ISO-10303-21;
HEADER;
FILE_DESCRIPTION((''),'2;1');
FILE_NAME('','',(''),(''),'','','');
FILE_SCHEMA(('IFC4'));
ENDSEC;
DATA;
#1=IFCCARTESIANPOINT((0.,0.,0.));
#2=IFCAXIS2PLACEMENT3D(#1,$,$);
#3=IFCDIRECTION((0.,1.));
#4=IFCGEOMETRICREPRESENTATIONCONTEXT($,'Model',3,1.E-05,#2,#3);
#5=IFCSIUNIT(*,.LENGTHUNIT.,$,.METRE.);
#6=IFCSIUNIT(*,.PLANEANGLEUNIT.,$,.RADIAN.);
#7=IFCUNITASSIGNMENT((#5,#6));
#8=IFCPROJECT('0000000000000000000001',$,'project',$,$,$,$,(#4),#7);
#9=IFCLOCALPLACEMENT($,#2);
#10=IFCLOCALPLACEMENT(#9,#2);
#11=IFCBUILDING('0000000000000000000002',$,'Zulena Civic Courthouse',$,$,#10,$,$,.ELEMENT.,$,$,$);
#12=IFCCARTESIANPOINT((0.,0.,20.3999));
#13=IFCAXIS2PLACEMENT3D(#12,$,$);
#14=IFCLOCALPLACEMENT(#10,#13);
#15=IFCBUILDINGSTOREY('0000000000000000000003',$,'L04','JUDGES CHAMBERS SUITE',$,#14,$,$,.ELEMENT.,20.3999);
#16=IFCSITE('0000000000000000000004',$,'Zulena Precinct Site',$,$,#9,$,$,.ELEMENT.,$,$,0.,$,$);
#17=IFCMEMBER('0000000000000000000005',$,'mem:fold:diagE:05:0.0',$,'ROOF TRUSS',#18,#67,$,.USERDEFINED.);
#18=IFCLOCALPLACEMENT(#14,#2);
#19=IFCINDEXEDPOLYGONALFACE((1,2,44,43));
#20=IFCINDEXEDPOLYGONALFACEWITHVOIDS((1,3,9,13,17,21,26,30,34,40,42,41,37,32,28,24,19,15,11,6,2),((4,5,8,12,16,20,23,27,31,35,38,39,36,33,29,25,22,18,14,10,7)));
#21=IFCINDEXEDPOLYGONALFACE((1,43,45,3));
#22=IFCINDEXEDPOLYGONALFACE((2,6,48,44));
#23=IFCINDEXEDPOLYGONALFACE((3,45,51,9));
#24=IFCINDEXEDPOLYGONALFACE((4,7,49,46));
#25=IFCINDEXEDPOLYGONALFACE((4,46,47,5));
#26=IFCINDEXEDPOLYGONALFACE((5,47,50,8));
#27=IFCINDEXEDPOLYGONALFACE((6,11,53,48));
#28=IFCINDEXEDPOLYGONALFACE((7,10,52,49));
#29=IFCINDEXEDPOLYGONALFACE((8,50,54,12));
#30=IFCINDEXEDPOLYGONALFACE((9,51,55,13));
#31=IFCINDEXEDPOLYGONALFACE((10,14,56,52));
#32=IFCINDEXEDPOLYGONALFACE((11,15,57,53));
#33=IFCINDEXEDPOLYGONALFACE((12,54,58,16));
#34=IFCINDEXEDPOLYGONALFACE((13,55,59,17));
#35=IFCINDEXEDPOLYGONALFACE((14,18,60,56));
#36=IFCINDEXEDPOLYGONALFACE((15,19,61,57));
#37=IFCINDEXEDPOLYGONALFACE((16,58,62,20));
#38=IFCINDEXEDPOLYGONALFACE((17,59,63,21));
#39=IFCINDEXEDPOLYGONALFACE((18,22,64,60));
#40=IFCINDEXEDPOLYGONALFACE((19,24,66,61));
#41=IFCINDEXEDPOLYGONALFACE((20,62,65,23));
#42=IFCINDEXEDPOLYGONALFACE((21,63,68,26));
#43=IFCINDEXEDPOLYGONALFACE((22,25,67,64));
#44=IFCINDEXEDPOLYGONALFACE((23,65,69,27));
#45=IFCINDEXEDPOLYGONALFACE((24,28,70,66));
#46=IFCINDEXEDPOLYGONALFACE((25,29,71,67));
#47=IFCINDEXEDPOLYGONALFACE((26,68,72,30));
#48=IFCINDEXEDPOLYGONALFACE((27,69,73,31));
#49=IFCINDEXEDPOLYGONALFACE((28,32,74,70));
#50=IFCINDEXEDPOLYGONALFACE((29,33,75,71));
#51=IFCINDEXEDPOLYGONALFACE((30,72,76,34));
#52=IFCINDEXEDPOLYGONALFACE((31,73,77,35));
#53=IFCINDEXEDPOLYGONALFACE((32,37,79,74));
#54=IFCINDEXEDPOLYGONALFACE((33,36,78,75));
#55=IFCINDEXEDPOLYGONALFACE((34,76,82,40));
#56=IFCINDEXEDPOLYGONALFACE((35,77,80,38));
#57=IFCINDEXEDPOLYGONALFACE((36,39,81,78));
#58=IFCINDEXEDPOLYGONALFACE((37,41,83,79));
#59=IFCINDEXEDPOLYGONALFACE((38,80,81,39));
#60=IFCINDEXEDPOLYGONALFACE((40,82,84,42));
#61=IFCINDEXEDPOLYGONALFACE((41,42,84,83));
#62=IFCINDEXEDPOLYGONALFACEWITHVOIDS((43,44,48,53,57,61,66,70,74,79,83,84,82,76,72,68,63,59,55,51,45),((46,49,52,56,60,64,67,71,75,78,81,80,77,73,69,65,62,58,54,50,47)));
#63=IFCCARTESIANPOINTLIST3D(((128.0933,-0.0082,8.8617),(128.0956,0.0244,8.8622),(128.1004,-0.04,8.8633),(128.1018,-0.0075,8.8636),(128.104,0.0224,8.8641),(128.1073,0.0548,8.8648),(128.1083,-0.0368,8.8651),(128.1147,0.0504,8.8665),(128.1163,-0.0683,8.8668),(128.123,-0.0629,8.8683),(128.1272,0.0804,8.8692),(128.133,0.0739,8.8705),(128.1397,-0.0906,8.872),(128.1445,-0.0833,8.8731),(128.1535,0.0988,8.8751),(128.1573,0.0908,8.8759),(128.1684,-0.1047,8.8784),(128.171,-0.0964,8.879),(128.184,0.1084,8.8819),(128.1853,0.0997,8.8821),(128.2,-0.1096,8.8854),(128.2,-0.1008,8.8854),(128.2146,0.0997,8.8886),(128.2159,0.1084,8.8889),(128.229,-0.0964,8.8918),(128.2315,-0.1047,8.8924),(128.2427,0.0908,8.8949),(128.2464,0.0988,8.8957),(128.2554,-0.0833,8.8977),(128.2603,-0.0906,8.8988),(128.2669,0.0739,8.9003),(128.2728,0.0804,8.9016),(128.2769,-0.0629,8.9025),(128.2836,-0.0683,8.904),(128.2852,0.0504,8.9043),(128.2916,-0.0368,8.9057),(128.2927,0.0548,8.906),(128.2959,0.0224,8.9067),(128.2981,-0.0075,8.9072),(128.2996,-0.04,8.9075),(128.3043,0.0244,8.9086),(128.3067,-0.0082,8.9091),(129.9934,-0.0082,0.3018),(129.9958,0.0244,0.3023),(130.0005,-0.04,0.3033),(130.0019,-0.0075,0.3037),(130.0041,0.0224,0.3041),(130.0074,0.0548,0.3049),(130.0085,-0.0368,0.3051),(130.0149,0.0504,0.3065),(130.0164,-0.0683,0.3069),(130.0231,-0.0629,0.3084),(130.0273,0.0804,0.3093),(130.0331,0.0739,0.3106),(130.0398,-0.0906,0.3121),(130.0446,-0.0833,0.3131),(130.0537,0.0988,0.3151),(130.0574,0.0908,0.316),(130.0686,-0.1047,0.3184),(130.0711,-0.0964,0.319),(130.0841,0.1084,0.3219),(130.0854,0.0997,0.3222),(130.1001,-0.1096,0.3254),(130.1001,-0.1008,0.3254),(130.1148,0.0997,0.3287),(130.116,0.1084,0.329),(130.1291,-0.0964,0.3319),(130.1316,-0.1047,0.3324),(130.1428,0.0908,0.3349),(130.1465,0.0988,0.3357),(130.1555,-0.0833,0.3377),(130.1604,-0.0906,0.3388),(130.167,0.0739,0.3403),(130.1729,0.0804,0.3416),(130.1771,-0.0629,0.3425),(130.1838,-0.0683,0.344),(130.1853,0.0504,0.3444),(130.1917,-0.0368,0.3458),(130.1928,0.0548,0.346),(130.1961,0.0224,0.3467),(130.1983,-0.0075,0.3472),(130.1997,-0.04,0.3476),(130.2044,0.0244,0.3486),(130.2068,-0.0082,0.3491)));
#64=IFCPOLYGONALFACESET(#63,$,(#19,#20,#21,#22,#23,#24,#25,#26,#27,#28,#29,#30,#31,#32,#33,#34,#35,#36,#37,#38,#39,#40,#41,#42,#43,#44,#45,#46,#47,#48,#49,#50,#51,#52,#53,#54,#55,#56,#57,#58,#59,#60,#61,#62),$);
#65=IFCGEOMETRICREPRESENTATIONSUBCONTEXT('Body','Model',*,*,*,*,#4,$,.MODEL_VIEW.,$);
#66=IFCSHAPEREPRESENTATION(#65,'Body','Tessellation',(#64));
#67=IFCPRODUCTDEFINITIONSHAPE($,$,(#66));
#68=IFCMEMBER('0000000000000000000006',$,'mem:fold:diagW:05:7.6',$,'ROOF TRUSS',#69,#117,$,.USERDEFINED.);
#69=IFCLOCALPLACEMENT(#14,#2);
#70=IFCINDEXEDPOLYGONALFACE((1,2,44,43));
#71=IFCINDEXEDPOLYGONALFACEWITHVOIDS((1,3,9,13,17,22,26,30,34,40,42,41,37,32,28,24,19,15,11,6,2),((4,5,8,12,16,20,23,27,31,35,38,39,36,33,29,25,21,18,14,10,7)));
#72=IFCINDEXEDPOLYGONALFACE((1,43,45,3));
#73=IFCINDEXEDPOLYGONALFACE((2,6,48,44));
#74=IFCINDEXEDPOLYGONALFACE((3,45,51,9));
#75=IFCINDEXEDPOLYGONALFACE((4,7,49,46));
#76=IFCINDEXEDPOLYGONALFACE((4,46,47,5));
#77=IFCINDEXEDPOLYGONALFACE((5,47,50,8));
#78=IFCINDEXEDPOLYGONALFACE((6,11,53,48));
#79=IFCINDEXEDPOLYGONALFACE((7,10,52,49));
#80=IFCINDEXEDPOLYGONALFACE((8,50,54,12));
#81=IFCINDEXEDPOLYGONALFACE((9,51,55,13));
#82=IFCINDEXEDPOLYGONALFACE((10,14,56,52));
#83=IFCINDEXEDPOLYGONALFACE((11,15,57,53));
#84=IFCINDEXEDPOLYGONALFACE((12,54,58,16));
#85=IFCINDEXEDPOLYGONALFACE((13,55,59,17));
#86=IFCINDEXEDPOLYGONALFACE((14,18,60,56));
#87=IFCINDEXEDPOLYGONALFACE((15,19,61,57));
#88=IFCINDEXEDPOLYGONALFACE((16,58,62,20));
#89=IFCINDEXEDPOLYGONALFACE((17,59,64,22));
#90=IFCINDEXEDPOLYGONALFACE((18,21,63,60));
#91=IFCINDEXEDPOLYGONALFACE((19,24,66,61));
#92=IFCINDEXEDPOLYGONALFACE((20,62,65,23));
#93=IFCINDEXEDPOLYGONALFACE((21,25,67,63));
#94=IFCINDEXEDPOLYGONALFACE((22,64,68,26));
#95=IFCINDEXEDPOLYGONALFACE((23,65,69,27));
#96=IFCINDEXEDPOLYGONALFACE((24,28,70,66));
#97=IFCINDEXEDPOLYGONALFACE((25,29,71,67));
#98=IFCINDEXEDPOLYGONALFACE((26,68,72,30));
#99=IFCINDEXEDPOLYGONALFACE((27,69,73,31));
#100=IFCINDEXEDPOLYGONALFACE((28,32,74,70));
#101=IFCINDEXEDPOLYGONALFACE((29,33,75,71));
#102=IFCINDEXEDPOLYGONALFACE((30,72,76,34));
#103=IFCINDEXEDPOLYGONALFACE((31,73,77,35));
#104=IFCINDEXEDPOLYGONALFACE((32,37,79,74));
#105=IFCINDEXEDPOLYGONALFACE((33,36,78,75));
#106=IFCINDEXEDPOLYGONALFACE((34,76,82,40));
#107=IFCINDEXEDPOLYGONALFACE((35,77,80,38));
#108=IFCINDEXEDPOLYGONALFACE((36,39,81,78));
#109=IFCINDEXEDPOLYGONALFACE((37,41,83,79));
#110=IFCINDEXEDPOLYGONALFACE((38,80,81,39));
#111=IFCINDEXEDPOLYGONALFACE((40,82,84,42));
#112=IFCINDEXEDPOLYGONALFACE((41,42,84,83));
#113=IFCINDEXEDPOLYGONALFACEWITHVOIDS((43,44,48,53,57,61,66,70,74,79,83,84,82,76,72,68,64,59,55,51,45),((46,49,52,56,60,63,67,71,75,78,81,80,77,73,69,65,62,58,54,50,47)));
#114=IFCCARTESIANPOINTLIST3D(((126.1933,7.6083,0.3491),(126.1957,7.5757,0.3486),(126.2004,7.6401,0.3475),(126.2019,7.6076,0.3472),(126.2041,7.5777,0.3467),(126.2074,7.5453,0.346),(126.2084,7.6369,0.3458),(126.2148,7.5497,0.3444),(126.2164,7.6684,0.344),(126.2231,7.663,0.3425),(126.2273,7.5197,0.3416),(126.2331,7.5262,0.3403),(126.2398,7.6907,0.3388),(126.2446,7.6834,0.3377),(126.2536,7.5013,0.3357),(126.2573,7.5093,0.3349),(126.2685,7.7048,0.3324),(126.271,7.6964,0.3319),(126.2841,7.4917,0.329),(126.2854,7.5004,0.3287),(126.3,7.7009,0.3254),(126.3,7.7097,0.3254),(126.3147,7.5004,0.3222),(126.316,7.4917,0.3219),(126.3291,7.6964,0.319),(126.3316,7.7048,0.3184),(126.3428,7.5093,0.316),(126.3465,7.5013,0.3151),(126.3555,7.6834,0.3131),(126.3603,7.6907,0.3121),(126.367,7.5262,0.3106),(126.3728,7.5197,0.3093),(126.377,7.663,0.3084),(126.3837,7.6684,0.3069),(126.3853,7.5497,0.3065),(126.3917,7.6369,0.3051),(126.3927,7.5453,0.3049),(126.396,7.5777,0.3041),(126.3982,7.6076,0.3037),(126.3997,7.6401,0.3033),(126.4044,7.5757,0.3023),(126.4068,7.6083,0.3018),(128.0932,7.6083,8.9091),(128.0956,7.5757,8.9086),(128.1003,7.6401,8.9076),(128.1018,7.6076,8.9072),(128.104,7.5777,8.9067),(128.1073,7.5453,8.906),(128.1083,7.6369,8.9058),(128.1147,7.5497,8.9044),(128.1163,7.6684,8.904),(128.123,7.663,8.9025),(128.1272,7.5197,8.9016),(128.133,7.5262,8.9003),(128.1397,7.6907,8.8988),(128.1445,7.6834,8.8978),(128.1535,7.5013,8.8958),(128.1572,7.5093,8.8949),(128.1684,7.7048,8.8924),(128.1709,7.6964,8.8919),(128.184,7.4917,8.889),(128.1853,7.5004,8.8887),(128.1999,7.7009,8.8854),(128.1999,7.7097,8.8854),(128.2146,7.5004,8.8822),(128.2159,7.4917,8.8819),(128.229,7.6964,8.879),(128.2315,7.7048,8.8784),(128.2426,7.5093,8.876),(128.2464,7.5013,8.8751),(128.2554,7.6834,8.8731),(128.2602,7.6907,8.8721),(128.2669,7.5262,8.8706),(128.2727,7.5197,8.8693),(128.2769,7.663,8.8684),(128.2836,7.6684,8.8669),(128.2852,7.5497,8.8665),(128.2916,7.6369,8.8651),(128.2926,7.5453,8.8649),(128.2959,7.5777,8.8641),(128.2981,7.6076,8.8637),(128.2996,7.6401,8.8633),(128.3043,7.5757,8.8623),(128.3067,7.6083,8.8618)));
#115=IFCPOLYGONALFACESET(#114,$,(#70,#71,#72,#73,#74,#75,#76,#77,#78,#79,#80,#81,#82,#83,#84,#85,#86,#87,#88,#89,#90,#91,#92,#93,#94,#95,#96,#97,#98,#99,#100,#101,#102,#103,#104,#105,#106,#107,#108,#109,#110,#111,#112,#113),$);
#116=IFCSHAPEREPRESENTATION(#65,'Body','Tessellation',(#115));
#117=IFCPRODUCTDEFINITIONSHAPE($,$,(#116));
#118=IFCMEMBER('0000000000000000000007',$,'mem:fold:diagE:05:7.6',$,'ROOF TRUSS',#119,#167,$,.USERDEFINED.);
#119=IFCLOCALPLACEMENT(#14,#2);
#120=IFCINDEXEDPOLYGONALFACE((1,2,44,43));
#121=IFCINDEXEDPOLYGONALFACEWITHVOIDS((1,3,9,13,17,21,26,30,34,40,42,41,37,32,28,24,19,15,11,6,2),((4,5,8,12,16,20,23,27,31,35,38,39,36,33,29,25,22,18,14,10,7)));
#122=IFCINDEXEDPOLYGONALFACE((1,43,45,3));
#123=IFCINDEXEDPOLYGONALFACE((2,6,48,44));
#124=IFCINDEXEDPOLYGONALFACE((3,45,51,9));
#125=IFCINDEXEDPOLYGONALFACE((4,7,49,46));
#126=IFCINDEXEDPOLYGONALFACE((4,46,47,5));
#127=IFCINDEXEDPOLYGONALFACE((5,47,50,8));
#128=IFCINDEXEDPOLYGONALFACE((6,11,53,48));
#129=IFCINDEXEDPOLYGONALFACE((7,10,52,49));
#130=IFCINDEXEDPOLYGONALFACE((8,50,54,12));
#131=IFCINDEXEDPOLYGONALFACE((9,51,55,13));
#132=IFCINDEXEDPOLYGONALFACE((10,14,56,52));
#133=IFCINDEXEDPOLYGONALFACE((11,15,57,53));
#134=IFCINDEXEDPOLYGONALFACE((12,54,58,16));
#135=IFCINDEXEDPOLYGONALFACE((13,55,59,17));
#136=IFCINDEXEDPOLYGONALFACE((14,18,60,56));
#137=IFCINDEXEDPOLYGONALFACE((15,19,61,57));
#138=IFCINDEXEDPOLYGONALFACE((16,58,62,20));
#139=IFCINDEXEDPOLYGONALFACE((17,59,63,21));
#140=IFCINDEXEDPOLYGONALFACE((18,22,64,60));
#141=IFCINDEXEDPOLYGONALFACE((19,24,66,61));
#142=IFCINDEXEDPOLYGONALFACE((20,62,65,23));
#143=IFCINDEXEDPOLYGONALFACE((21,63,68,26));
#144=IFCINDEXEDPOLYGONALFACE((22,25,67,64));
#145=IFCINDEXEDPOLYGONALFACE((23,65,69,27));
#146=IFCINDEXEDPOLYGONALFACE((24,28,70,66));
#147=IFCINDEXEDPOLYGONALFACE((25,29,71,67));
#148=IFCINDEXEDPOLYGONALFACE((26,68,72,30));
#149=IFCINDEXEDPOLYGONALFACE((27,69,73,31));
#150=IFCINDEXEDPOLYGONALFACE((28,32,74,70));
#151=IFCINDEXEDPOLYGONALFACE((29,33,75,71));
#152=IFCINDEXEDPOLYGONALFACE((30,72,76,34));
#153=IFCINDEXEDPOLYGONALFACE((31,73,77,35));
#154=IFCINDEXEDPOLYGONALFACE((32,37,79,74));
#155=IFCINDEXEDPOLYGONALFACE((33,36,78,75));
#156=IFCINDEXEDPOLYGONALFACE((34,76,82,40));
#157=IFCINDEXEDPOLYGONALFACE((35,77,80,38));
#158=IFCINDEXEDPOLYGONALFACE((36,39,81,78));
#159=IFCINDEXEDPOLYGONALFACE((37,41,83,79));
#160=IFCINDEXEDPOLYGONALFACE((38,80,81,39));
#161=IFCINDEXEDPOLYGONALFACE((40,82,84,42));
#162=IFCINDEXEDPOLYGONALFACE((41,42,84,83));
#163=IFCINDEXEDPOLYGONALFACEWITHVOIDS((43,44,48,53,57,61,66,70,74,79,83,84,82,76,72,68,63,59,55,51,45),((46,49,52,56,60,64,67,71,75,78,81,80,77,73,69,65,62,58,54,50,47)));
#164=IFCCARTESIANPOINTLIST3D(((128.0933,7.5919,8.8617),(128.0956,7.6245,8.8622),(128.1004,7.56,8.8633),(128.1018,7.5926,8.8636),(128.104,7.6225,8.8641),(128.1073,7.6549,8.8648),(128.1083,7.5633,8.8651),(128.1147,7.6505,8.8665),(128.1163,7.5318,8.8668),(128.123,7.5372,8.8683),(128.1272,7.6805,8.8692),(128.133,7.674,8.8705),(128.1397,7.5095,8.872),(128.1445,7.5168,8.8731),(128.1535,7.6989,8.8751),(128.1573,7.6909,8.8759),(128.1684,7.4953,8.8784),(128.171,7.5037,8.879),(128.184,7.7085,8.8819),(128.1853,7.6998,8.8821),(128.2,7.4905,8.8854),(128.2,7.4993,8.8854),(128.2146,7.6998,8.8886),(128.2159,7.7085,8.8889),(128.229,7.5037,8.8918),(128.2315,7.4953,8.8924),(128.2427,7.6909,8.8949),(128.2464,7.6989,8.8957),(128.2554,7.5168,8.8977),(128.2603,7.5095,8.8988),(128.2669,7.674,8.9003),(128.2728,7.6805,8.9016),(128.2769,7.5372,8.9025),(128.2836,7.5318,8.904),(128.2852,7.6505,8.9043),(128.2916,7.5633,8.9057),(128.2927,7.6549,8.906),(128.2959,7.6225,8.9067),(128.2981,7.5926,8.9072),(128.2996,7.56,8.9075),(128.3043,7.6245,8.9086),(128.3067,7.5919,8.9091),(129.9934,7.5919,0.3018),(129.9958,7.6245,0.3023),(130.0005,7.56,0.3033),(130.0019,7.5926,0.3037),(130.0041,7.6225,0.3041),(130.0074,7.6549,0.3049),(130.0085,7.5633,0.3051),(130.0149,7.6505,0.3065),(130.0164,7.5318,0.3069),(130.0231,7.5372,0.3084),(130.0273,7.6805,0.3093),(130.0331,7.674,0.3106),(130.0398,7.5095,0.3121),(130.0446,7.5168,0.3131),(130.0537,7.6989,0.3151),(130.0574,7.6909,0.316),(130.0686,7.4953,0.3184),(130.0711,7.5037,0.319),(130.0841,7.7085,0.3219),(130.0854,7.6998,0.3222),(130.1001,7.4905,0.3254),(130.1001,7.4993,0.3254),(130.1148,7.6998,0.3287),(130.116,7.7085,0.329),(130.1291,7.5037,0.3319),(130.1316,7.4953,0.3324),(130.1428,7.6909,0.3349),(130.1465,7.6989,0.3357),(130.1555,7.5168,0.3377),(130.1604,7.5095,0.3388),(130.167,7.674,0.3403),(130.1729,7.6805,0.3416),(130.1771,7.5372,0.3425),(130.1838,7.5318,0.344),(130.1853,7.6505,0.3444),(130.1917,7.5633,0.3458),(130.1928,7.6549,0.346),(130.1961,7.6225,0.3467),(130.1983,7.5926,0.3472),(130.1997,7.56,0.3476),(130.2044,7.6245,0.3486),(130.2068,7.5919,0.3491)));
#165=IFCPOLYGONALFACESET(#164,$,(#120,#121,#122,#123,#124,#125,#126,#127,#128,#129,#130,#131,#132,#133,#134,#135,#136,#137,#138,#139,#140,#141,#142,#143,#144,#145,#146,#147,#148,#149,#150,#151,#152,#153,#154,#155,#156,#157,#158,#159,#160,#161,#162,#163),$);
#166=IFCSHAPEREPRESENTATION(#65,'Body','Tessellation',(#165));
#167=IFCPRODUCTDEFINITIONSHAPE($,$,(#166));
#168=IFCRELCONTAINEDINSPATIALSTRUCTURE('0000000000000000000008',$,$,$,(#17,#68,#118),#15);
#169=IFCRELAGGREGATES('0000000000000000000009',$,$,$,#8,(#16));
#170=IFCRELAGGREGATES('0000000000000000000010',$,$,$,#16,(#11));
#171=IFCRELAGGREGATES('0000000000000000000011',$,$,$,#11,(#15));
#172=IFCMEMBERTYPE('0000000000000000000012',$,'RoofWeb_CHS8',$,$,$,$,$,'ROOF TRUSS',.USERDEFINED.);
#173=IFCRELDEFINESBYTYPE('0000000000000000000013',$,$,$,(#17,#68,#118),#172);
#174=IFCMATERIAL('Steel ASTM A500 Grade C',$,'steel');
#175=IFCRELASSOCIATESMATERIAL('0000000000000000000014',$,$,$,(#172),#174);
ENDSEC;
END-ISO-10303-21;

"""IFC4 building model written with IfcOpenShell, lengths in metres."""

from ifc_helpers import new_model, si_unit, direction, frame, origin, origin_2d, place, context, subcontext, project, spatial, hollow_circle, extrude, material, material_profile, profile_set, type_object, element, save


model = new_model("IFC4")

# Units and contexts
model_context = context("Model", 3, precision=1e-05, world=origin(), true_north=direction((0.0, 1.0)))
body_context = subcontext(model_context, "Body", "Model", "MODEL_VIEW")
ifc_project = project(units=[si_unit("LENGTHUNIT", "METRE"), si_unit("PLANEANGLEUNIT", "RADIAN")], contexts=[model_context])

# Site, building, storey
site_placement = place(None, origin())
site = spatial("IfcSite", under=ifc_project, at=site_placement, Name="Zulena Precinct Site", CompositionType="ELEMENT", RefElevation=0.0)
building_placement = place(site_placement, origin())
building = spatial("IfcBuilding", under=site, at=building_placement, Name="Zulena Civic Courthouse", CompositionType="ELEMENT")
storey_placement = place(building_placement, frame((0.0, 0.0, 20.3999)))
storey = spatial("IfcBuildingStorey", under=building, at=storey_placement, Name="L04", Description="JUDGES CHAMBERS SUITE", CompositionType="ELEMENT", Elevation=20.3999)

# Members
ifc_material_1 = material(Name="Steel ASTM A500 Grade C", Category="steel")
ifc_material_profile_1 = material_profile(ifc_material_1, hollow_circle(Radius=0.1096, WallThickness=0.0088, at=origin_2d()), Name="HSS8.625X0.375")
ifc_profile_set_1 = profile_set([ifc_material_profile_1], Name="Steel ASTM A500 Grade C")
member_type_1 = type_object("IfcMemberType", Name="RoofWeb_CHS8", ElementType="ROOF TRUSS", PredefinedType="USERDEFINED", material=ifc_profile_set_1)
for number, where, z_axis, x_axis, name in (
    (1, (130.1001, 0.0, 0.3254), (-0.216703, 0.0, 0.976237), (0.0, -1.0, 0.0), "mem:fold:diagE:05:0.0"),
    (2, (126.3, 7.6001, 0.3254), (0.216677, 0.0, 0.976243), (0.0, 1.0, 0.0), "mem:fold:diagW:05:7.6"),
    (3, (130.1001, 7.6001, 0.3254), (-0.216703, 0.0, 0.976237), (0.0, -1.0, 0.0), "mem:fold:diagE:05:7.6"),
):
    element("IfcMember", number, at=place(storey_placement, frame(where, z_axis=z_axis, x_axis=x_axis)), inside=storey, type_object=member_type_1, Name=name, ObjectType="ROOF TRUSS", PredefinedType="USERDEFINED", context=body_context, shape_type="SweptSolid", body=[
        extrude(hollow_circle(Radius=0.1096, WallThickness=0.0088, at=origin_2d()), origin(), (0.0, 0.0, 1.0), 8.7683),
    ])

save(model, "model.ifc")
